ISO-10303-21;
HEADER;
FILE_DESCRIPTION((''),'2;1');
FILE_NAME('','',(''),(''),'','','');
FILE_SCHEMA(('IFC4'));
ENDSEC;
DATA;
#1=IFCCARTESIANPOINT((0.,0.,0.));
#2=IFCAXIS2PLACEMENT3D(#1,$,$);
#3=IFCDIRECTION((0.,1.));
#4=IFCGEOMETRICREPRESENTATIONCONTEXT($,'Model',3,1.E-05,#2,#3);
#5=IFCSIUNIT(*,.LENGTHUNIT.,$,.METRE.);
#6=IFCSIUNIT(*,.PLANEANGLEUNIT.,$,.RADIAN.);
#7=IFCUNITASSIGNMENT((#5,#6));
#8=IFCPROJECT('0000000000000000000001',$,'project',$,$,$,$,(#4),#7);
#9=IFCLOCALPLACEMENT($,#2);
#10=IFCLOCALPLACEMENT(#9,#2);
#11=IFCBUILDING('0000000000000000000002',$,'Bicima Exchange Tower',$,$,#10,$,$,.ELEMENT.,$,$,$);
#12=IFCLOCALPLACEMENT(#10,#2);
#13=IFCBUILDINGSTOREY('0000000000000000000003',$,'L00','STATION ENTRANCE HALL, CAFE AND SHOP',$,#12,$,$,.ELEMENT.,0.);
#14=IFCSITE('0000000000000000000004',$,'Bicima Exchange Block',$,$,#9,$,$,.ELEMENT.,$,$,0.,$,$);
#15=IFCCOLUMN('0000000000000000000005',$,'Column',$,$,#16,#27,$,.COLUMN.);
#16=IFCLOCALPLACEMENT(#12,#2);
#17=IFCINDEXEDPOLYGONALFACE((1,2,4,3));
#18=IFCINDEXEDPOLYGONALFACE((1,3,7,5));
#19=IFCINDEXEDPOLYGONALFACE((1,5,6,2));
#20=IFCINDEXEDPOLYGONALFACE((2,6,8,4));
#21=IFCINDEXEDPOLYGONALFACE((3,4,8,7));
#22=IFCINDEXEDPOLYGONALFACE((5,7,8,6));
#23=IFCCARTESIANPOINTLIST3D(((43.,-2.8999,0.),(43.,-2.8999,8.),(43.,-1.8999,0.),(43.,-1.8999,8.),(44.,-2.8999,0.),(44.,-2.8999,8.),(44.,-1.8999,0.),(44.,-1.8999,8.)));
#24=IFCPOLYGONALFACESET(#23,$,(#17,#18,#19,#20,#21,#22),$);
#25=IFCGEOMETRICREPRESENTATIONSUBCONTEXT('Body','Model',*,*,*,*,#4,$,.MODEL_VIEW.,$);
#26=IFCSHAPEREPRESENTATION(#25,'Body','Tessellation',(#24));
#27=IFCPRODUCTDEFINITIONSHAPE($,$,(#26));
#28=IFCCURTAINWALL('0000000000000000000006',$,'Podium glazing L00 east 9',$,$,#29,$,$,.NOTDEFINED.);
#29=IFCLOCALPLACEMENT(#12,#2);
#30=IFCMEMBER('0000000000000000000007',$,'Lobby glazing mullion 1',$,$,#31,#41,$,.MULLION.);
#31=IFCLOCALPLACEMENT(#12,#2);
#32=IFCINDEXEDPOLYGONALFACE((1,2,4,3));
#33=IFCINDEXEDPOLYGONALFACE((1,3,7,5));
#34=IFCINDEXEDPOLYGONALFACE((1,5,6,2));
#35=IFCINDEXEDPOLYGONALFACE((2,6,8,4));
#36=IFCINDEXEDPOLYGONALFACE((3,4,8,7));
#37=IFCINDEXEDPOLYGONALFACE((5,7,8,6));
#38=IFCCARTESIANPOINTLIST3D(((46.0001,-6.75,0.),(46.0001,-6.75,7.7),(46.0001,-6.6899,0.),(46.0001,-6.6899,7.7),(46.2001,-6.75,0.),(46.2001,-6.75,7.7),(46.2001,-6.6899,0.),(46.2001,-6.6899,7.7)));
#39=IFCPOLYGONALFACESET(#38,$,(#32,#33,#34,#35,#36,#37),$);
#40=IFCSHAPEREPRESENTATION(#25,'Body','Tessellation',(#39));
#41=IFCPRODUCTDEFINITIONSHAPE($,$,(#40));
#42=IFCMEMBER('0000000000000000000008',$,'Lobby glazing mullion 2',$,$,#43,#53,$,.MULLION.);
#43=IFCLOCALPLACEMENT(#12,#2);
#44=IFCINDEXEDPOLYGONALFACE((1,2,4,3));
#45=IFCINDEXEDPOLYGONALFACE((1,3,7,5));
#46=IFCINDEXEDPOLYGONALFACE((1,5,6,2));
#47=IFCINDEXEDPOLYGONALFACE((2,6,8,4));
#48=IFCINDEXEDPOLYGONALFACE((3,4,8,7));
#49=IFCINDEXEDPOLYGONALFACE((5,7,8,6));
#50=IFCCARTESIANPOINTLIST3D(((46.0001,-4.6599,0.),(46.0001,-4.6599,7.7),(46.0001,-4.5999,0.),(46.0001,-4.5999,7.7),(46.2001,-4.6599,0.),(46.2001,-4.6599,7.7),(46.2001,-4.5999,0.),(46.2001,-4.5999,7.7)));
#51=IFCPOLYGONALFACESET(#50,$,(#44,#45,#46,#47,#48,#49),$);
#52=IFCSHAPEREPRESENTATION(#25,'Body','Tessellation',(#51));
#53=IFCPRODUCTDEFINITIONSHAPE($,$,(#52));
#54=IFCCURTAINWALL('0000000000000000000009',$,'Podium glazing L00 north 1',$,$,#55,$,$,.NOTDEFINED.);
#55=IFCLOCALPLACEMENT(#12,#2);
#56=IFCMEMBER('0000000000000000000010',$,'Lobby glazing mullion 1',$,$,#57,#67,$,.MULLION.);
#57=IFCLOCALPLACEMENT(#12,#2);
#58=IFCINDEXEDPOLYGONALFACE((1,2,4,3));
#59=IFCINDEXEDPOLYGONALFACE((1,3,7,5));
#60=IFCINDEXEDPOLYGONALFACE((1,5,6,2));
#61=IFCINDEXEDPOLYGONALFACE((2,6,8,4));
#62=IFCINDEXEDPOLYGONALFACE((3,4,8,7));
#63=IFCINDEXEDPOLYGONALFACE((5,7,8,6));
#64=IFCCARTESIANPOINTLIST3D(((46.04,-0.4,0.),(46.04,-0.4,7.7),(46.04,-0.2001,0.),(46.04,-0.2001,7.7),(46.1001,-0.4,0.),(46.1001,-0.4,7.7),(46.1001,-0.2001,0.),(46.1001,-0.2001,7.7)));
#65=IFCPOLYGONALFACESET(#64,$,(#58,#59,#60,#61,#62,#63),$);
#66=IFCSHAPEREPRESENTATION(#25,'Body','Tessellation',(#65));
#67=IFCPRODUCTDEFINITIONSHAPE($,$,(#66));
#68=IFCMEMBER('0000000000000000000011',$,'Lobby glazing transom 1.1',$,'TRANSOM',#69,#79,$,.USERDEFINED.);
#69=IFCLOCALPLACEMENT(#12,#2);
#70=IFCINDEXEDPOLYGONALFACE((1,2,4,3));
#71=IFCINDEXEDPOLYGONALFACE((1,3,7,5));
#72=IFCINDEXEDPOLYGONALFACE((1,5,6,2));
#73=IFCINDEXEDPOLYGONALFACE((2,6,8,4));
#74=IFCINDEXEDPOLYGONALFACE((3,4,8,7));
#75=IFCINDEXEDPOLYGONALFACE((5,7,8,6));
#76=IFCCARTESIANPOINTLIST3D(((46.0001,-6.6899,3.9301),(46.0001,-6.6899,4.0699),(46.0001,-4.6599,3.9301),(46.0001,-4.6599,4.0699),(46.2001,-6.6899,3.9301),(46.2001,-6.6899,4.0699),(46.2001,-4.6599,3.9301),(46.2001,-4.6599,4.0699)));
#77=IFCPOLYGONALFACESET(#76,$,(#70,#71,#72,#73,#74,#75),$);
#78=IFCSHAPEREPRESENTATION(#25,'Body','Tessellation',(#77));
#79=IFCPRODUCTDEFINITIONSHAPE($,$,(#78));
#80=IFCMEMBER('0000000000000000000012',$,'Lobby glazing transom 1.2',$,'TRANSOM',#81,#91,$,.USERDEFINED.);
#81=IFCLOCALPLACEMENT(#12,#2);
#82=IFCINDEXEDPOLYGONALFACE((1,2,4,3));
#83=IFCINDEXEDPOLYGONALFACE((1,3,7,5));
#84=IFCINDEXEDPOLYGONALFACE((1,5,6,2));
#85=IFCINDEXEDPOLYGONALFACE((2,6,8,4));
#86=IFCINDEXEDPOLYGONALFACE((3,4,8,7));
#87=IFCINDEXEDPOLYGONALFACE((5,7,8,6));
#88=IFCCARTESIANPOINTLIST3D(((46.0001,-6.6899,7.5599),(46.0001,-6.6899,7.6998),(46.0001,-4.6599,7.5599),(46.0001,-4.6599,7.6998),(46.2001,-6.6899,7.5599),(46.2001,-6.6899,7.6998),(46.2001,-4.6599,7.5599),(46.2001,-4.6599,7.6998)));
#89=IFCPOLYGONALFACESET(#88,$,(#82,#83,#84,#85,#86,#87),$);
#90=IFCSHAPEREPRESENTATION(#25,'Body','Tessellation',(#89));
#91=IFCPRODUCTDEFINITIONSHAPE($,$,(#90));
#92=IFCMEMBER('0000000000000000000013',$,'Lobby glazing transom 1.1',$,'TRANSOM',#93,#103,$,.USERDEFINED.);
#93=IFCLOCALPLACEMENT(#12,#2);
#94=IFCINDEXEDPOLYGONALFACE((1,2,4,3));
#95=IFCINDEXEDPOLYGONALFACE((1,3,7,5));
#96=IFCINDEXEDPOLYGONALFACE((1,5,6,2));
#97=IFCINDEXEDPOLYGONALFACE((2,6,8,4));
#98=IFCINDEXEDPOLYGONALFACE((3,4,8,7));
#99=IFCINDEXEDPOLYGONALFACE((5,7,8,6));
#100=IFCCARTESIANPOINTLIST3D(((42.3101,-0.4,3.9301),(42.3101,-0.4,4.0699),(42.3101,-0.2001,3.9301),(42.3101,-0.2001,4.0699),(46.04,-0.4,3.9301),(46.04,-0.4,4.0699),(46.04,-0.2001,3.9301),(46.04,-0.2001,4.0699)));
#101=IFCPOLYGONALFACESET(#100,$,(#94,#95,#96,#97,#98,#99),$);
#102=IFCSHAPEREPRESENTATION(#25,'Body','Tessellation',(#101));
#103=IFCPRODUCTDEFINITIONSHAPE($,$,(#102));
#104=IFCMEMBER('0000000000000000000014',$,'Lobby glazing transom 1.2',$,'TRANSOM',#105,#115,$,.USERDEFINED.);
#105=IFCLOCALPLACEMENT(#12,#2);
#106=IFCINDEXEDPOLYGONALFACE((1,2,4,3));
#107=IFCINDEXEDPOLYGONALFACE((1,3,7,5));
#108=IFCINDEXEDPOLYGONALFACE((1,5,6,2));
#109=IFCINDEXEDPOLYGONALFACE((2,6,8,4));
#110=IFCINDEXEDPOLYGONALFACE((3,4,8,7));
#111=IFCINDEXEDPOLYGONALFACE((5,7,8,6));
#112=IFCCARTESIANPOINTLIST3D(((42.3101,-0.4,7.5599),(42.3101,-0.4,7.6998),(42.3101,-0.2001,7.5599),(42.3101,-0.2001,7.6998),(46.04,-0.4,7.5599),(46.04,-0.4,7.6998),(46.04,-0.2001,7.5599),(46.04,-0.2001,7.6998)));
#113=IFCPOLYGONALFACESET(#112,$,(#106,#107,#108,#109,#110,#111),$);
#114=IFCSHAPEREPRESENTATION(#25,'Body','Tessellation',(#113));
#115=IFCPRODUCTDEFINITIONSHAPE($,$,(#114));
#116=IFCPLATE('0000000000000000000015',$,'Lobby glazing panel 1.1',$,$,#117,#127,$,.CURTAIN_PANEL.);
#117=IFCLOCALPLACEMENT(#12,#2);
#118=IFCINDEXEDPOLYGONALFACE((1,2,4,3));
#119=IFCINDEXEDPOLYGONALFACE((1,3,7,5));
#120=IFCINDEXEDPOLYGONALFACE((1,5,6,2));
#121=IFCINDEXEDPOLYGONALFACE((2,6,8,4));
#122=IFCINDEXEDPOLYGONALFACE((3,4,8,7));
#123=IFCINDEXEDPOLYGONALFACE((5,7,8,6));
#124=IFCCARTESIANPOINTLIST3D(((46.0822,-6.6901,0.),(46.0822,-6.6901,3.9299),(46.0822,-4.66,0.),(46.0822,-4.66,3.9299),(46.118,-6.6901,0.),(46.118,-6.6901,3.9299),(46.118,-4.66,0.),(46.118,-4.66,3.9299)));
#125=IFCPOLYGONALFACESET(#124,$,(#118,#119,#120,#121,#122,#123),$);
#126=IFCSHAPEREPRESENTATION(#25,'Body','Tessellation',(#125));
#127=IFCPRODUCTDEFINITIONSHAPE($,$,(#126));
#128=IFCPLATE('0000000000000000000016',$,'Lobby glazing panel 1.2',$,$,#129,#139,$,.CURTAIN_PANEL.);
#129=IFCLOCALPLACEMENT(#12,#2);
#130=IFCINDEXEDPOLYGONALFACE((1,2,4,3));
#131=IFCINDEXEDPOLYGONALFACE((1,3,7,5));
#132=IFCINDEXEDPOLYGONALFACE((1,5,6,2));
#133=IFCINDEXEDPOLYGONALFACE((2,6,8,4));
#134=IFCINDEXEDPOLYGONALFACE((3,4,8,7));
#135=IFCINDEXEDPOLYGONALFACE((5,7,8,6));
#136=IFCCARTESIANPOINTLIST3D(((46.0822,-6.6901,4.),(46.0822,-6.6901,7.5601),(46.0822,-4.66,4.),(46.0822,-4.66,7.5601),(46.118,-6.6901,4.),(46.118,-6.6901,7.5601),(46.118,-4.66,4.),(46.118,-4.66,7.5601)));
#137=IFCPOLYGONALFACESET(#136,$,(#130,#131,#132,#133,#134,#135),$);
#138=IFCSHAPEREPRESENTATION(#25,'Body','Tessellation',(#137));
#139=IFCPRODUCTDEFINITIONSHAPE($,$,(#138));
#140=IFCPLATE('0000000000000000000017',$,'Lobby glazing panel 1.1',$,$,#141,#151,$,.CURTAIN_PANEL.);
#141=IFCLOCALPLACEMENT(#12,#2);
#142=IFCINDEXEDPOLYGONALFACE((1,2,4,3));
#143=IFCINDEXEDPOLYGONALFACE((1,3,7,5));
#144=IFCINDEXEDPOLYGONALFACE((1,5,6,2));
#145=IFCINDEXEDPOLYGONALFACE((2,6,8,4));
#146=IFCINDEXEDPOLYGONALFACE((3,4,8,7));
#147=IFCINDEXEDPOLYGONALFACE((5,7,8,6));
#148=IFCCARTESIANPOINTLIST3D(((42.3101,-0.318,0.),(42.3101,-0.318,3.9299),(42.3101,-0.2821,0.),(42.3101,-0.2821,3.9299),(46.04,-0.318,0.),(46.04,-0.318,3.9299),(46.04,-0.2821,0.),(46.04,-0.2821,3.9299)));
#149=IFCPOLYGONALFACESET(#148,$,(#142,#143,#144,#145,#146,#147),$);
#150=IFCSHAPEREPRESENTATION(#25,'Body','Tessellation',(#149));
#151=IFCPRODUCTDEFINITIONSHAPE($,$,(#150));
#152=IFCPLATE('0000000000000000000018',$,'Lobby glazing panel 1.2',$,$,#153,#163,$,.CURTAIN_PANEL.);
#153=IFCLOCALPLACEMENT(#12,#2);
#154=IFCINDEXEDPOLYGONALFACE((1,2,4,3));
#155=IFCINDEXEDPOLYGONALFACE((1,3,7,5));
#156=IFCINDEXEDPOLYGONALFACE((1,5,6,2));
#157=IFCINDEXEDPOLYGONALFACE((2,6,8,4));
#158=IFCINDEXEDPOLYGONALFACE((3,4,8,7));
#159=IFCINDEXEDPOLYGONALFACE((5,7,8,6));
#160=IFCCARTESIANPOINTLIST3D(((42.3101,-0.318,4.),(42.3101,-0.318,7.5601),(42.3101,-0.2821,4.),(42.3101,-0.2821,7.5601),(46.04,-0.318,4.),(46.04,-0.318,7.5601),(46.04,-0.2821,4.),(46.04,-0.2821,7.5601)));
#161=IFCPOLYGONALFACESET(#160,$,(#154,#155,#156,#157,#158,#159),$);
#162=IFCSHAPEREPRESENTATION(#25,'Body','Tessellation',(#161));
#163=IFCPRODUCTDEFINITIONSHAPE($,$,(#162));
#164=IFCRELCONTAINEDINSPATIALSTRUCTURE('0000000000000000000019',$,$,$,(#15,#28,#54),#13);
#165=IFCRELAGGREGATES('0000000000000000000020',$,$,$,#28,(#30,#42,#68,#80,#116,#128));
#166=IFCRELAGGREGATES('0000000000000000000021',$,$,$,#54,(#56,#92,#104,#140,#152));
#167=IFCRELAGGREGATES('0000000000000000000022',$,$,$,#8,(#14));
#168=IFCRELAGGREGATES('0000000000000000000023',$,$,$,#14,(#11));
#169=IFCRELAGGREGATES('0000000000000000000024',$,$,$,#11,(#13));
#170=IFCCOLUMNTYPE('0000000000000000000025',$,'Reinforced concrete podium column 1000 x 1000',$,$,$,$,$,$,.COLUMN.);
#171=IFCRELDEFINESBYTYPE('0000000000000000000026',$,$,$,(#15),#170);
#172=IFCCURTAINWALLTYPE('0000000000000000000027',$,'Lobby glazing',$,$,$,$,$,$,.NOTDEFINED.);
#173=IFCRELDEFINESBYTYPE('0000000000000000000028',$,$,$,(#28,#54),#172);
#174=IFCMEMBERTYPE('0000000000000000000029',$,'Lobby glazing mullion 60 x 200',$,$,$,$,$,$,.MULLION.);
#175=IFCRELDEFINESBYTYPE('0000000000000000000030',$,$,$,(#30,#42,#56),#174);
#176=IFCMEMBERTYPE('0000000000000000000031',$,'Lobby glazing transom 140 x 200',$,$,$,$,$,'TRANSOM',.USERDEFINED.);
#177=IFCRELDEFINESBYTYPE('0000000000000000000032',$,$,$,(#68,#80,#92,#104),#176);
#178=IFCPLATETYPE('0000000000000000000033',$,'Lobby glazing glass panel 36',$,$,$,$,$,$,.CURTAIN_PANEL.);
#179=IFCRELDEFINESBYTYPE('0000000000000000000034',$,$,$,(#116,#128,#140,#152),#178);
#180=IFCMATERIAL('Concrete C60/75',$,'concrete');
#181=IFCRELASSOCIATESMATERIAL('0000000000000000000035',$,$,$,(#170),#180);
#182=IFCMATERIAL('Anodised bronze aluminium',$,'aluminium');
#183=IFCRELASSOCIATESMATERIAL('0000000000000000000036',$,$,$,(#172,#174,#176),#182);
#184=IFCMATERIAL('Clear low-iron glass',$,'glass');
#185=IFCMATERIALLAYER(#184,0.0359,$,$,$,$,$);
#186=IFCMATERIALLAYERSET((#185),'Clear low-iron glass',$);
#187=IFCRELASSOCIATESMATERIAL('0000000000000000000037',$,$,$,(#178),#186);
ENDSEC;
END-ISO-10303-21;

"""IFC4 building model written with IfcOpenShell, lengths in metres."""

from ifc_helpers import new_model, si_unit, direction, frame, origin, origin_2d, place, context, subcontext, project, spatial, rectangle, extrude, material, layer, layer_set, material_profile, profile_set, type_object, element, aggregate, save


model = new_model("IFC4")

# Units and contexts
model_context = context("Model", 3, precision=1e-05, world=origin(), true_north=direction((0.0, 1.0)))
body_context = subcontext(model_context, "Body", "Model", "MODEL_VIEW")
ifc_project = project(units=[si_unit("LENGTHUNIT", "METRE"), si_unit("PLANEANGLEUNIT", "RADIAN")], contexts=[model_context])

# Site, building, storey
site_placement = place(None, origin())
site = spatial("IfcSite", under=ifc_project, at=site_placement, Name="Bicima Exchange Block", CompositionType="ELEMENT", RefElevation=0.0)
building_placement = place(site_placement, origin())
building = spatial("IfcBuilding", under=site, at=building_placement, Name="Bicima Exchange Tower", CompositionType="ELEMENT")
storey_placement = place(building_placement, origin())
storey = spatial("IfcBuildingStorey", under=building, at=storey_placement, Name="L00", Description="STATION ENTRANCE HALL, CAFE AND SHOP", CompositionType="ELEMENT", Elevation=0.0)

# Column
ifc_material_1 = material(Name="Concrete C60/75", Category="concrete")
ifc_material_profile_1 = material_profile(ifc_material_1, rectangle(XDim=1.0, YDim=1.0, at=origin_2d()))
ifc_profile_set_1 = profile_set([ifc_material_profile_1], Name="Concrete C60/75")
column_type = type_object("IfcColumnType", Name="Reinforced concrete podium column 1000 x 1000", PredefinedType="COLUMN", material=ifc_profile_set_1)
column_placement = place(storey_placement, frame((43.5, -2.3999, 0.0), z_axis=(0.0, 0.0, 1.0), x_axis=(1.0, 0.0, 0.0)))
element("IfcColumn", 1, at=column_placement, inside=storey, type_object=column_type, Name="Column", PredefinedType="COLUMN", context=body_context, shape_type="SweptSolid", body=[
    extrude(rectangle(XDim=1.0, YDim=1.0, at=origin_2d()), origin(), (0.0, 0.0, 1.0), 8.0),
])

# Curtain wall, members
ifc_material_2 = material(Name="Anodised bronze aluminium", Category="aluminium")
curtain_wall_type = type_object("IfcCurtainWallType", Name="Lobby glazing", PredefinedType="NOTDEFINED", material=ifc_material_2)
curtain_wall_1_placement = place(storey_placement, origin())
curtain_wall_1 = element("IfcCurtainWall", 2, at=curtain_wall_1_placement, inside=storey, type_object=curtain_wall_type, Name="Podium glazing L00 east 9", PredefinedType="NOTDEFINED")
ifc_material_profile_2 = material_profile(ifc_material_2, rectangle(XDim=0.2, YDim=0.0601, at=origin_2d()))
ifc_profile_set_2 = profile_set([ifc_material_profile_2], Name="Anodised bronze aluminium")
member_type_1 = type_object("IfcMemberType", Name="Lobby glazing mullion 60 x 200", PredefinedType="MULLION", material=ifc_profile_set_2)
member_1_placement = place(storey_placement, frame((46.1001, -6.72, 0.0), z_axis=(0.0, 0.0, 1.0), x_axis=(-1.0, 0.0, 0.0)))
member_1 = element("IfcMember", 3, at=member_1_placement, type_object=member_type_1, Name="Lobby glazing mullion 1", PredefinedType="MULLION", context=body_context, shape_type="SweptSolid", body=[
    extrude(rectangle(XDim=0.2, YDim=0.0601, at=origin_2d()), origin(), (0.0, 0.0, 1.0), 7.7),
])
member_2_placement = place(storey_placement, frame((46.1001, -4.6299, 0.0), z_axis=(0.0, 0.0, 1.0), x_axis=(-1.0, 0.0, 0.0)))
member_2 = element("IfcMember", 4, at=member_2_placement, type_object=member_type_1, Name="Lobby glazing mullion 2", PredefinedType="MULLION", context=body_context, shape_type="SweptSolid", body=[
    extrude(rectangle(XDim=0.2, YDim=0.0601, at=origin_2d()), origin(), (0.0, 0.0, 1.0), 7.7),
])

# Curtain wall, member
curtain_wall_2_placement = place(storey_placement, origin())
curtain_wall_2 = element("IfcCurtainWall", 5, at=curtain_wall_2_placement, inside=storey, type_object=curtain_wall_type, Name="Podium glazing L00 north 1", PredefinedType="NOTDEFINED")
member_3_placement = place(storey_placement, frame((46.0701, -0.3, 0.0), z_axis=(0.0, 0.0, 1.0), x_axis=(0.0, -1.0, 0.0)))
member_3 = element("IfcMember", 6, at=member_3_placement, type_object=member_type_1, Name="Lobby glazing mullion 1", PredefinedType="MULLION", context=body_context, shape_type="SweptSolid", body=[
    extrude(rectangle(XDim=0.2, YDim=0.0601, at=origin_2d()), origin(), (0.0, 0.0, 1.0), 7.7),
])

# Members
ifc_material_profile_3 = material_profile(ifc_material_2, rectangle(XDim=0.2, YDim=0.1399, at=origin_2d()))
ifc_profile_set_3 = profile_set([ifc_material_profile_3], Name="Anodised bronze aluminium")
member_type_2 = type_object("IfcMemberType", Name="Lobby glazing transom 140 x 200", ElementType="TRANSOM", PredefinedType="USERDEFINED", material=ifc_profile_set_3)
member_4_placement = place(storey_placement, frame((46.1001, -6.6899, 4.0), z_axis=(0.0, 1.0, 0.0), x_axis=(-1.0, 0.0, 0.0)))
member_4 = element("IfcMember", 7, at=member_4_placement, type_object=member_type_2, Name="Lobby glazing transom 1.1", ObjectType="TRANSOM", PredefinedType="USERDEFINED", context=body_context, shape_type="SweptSolid", body=[
    extrude(rectangle(XDim=0.2, YDim=0.1399, at=origin_2d()), origin(), (0.0, 0.0, 1.0), 2.03),
])
member_5_placement = place(storey_placement, frame((46.1001, -6.6899, 7.6299), z_axis=(0.0, 1.0, 0.0), x_axis=(-1.0, 0.0, 0.0)))
member_5 = element("IfcMember", 8, at=member_5_placement, type_object=member_type_2, Name="Lobby glazing transom 1.2", ObjectType="TRANSOM", PredefinedType="USERDEFINED", context=body_context, shape_type="SweptSolid", body=[
    extrude(rectangle(XDim=0.2, YDim=0.1399, at=origin_2d()), origin(), (0.0, 0.0, 1.0), 2.03),
])
member_6_placement = place(storey_placement, frame((46.04, -0.3, 4.0), z_axis=(-1.0, 0.0, 0.0), x_axis=(0.0, -1.0, 0.0)))
member_6 = element("IfcMember", 9, at=member_6_placement, type_object=member_type_2, Name="Lobby glazing transom 1.1", ObjectType="TRANSOM", PredefinedType="USERDEFINED", context=body_context, shape_type="SweptSolid", body=[
    extrude(rectangle(XDim=0.2, YDim=0.1399, at=origin_2d()), origin(), (0.0, 0.0, 1.0), 3.73),
])
member_7_placement = place(storey_placement, frame((46.04, -0.3, 7.6299), z_axis=(-1.0, 0.0, 0.0), x_axis=(0.0, -1.0, 0.0)))
member_7 = element("IfcMember", 10, at=member_7_placement, type_object=member_type_2, Name="Lobby glazing transom 1.2", ObjectType="TRANSOM", PredefinedType="USERDEFINED", context=body_context, shape_type="SweptSolid", body=[
    extrude(rectangle(XDim=0.2, YDim=0.1399, at=origin_2d()), origin(), (0.0, 0.0, 1.0), 3.73),
])

# Plates
ifc_material_3 = material(Name="Clear low-iron glass", Category="glass")
ifc_layer_1 = layer(ifc_material_3, 0.0359)
ifc_layer_set_1 = layer_set([ifc_layer_1], Name="Clear low-iron glass")
plate_type = type_object("IfcPlateType", Name="Lobby glazing glass panel 36", PredefinedType="CURTAIN_PANEL", material=ifc_layer_set_1)
plate_1_placement = place(storey_placement, frame((46.1001, -5.675, 0.0), z_axis=(0.0, 0.0, 1.0), x_axis=(0.0, 1.0, 0.0)))
plate_1 = element("IfcPlate", 11, at=plate_1_placement, type_object=plate_type, Name="Lobby glazing panel 1.1", PredefinedType="CURTAIN_PANEL", context=body_context, shape_type="SweptSolid", body=[
    extrude(rectangle(XDim=2.03, YDim=0.0359, at=origin_2d()), origin(), (0.0, 0.0, 1.0), 3.9299),
])
plate_2_placement = place(storey_placement, frame((46.1001, -5.675, 4.0), z_axis=(0.0, 0.0, 1.0), x_axis=(0.0, 1.0, 0.0)))
plate_2 = element("IfcPlate", 12, at=plate_2_placement, type_object=plate_type, Name="Lobby glazing panel 1.2", PredefinedType="CURTAIN_PANEL", context=body_context, shape_type="SweptSolid", body=[
    extrude(rectangle(XDim=2.03, YDim=0.0359, at=origin_2d()), origin(), (0.0, 0.0, 1.0), 3.5601),
])
aggregate(curtain_wall_1, [member_1, member_2, member_4, member_5, plate_1, plate_2])
plate_3_placement = place(storey_placement, frame((44.175, -0.3, 0.0), z_axis=(0.0, 0.0, 1.0), x_axis=(-1.0, 0.0, 0.0)))
plate_3 = element("IfcPlate", 13, at=plate_3_placement, type_object=plate_type, Name="Lobby glazing panel 1.1", PredefinedType="CURTAIN_PANEL", context=body_context, shape_type="SweptSolid", body=[
    extrude(rectangle(XDim=3.73, YDim=0.0359, at=origin_2d()), origin(), (0.0, 0.0, 1.0), 3.9299),
])
plate_4_placement = place(storey_placement, frame((44.175, -0.3, 4.0), z_axis=(0.0, 0.0, 1.0), x_axis=(-1.0, 0.0, 0.0)))
plate_4 = element("IfcPlate", 14, at=plate_4_placement, type_object=plate_type, Name="Lobby glazing panel 1.2", PredefinedType="CURTAIN_PANEL", context=body_context, shape_type="SweptSolid", body=[
    extrude(rectangle(XDim=3.73, YDim=0.0359, at=origin_2d()), origin(), (0.0, 0.0, 1.0), 3.5601),
])
aggregate(curtain_wall_2, [member_3, member_6, member_7, plate_3, plate_4])

save(model, "model.ifc")
